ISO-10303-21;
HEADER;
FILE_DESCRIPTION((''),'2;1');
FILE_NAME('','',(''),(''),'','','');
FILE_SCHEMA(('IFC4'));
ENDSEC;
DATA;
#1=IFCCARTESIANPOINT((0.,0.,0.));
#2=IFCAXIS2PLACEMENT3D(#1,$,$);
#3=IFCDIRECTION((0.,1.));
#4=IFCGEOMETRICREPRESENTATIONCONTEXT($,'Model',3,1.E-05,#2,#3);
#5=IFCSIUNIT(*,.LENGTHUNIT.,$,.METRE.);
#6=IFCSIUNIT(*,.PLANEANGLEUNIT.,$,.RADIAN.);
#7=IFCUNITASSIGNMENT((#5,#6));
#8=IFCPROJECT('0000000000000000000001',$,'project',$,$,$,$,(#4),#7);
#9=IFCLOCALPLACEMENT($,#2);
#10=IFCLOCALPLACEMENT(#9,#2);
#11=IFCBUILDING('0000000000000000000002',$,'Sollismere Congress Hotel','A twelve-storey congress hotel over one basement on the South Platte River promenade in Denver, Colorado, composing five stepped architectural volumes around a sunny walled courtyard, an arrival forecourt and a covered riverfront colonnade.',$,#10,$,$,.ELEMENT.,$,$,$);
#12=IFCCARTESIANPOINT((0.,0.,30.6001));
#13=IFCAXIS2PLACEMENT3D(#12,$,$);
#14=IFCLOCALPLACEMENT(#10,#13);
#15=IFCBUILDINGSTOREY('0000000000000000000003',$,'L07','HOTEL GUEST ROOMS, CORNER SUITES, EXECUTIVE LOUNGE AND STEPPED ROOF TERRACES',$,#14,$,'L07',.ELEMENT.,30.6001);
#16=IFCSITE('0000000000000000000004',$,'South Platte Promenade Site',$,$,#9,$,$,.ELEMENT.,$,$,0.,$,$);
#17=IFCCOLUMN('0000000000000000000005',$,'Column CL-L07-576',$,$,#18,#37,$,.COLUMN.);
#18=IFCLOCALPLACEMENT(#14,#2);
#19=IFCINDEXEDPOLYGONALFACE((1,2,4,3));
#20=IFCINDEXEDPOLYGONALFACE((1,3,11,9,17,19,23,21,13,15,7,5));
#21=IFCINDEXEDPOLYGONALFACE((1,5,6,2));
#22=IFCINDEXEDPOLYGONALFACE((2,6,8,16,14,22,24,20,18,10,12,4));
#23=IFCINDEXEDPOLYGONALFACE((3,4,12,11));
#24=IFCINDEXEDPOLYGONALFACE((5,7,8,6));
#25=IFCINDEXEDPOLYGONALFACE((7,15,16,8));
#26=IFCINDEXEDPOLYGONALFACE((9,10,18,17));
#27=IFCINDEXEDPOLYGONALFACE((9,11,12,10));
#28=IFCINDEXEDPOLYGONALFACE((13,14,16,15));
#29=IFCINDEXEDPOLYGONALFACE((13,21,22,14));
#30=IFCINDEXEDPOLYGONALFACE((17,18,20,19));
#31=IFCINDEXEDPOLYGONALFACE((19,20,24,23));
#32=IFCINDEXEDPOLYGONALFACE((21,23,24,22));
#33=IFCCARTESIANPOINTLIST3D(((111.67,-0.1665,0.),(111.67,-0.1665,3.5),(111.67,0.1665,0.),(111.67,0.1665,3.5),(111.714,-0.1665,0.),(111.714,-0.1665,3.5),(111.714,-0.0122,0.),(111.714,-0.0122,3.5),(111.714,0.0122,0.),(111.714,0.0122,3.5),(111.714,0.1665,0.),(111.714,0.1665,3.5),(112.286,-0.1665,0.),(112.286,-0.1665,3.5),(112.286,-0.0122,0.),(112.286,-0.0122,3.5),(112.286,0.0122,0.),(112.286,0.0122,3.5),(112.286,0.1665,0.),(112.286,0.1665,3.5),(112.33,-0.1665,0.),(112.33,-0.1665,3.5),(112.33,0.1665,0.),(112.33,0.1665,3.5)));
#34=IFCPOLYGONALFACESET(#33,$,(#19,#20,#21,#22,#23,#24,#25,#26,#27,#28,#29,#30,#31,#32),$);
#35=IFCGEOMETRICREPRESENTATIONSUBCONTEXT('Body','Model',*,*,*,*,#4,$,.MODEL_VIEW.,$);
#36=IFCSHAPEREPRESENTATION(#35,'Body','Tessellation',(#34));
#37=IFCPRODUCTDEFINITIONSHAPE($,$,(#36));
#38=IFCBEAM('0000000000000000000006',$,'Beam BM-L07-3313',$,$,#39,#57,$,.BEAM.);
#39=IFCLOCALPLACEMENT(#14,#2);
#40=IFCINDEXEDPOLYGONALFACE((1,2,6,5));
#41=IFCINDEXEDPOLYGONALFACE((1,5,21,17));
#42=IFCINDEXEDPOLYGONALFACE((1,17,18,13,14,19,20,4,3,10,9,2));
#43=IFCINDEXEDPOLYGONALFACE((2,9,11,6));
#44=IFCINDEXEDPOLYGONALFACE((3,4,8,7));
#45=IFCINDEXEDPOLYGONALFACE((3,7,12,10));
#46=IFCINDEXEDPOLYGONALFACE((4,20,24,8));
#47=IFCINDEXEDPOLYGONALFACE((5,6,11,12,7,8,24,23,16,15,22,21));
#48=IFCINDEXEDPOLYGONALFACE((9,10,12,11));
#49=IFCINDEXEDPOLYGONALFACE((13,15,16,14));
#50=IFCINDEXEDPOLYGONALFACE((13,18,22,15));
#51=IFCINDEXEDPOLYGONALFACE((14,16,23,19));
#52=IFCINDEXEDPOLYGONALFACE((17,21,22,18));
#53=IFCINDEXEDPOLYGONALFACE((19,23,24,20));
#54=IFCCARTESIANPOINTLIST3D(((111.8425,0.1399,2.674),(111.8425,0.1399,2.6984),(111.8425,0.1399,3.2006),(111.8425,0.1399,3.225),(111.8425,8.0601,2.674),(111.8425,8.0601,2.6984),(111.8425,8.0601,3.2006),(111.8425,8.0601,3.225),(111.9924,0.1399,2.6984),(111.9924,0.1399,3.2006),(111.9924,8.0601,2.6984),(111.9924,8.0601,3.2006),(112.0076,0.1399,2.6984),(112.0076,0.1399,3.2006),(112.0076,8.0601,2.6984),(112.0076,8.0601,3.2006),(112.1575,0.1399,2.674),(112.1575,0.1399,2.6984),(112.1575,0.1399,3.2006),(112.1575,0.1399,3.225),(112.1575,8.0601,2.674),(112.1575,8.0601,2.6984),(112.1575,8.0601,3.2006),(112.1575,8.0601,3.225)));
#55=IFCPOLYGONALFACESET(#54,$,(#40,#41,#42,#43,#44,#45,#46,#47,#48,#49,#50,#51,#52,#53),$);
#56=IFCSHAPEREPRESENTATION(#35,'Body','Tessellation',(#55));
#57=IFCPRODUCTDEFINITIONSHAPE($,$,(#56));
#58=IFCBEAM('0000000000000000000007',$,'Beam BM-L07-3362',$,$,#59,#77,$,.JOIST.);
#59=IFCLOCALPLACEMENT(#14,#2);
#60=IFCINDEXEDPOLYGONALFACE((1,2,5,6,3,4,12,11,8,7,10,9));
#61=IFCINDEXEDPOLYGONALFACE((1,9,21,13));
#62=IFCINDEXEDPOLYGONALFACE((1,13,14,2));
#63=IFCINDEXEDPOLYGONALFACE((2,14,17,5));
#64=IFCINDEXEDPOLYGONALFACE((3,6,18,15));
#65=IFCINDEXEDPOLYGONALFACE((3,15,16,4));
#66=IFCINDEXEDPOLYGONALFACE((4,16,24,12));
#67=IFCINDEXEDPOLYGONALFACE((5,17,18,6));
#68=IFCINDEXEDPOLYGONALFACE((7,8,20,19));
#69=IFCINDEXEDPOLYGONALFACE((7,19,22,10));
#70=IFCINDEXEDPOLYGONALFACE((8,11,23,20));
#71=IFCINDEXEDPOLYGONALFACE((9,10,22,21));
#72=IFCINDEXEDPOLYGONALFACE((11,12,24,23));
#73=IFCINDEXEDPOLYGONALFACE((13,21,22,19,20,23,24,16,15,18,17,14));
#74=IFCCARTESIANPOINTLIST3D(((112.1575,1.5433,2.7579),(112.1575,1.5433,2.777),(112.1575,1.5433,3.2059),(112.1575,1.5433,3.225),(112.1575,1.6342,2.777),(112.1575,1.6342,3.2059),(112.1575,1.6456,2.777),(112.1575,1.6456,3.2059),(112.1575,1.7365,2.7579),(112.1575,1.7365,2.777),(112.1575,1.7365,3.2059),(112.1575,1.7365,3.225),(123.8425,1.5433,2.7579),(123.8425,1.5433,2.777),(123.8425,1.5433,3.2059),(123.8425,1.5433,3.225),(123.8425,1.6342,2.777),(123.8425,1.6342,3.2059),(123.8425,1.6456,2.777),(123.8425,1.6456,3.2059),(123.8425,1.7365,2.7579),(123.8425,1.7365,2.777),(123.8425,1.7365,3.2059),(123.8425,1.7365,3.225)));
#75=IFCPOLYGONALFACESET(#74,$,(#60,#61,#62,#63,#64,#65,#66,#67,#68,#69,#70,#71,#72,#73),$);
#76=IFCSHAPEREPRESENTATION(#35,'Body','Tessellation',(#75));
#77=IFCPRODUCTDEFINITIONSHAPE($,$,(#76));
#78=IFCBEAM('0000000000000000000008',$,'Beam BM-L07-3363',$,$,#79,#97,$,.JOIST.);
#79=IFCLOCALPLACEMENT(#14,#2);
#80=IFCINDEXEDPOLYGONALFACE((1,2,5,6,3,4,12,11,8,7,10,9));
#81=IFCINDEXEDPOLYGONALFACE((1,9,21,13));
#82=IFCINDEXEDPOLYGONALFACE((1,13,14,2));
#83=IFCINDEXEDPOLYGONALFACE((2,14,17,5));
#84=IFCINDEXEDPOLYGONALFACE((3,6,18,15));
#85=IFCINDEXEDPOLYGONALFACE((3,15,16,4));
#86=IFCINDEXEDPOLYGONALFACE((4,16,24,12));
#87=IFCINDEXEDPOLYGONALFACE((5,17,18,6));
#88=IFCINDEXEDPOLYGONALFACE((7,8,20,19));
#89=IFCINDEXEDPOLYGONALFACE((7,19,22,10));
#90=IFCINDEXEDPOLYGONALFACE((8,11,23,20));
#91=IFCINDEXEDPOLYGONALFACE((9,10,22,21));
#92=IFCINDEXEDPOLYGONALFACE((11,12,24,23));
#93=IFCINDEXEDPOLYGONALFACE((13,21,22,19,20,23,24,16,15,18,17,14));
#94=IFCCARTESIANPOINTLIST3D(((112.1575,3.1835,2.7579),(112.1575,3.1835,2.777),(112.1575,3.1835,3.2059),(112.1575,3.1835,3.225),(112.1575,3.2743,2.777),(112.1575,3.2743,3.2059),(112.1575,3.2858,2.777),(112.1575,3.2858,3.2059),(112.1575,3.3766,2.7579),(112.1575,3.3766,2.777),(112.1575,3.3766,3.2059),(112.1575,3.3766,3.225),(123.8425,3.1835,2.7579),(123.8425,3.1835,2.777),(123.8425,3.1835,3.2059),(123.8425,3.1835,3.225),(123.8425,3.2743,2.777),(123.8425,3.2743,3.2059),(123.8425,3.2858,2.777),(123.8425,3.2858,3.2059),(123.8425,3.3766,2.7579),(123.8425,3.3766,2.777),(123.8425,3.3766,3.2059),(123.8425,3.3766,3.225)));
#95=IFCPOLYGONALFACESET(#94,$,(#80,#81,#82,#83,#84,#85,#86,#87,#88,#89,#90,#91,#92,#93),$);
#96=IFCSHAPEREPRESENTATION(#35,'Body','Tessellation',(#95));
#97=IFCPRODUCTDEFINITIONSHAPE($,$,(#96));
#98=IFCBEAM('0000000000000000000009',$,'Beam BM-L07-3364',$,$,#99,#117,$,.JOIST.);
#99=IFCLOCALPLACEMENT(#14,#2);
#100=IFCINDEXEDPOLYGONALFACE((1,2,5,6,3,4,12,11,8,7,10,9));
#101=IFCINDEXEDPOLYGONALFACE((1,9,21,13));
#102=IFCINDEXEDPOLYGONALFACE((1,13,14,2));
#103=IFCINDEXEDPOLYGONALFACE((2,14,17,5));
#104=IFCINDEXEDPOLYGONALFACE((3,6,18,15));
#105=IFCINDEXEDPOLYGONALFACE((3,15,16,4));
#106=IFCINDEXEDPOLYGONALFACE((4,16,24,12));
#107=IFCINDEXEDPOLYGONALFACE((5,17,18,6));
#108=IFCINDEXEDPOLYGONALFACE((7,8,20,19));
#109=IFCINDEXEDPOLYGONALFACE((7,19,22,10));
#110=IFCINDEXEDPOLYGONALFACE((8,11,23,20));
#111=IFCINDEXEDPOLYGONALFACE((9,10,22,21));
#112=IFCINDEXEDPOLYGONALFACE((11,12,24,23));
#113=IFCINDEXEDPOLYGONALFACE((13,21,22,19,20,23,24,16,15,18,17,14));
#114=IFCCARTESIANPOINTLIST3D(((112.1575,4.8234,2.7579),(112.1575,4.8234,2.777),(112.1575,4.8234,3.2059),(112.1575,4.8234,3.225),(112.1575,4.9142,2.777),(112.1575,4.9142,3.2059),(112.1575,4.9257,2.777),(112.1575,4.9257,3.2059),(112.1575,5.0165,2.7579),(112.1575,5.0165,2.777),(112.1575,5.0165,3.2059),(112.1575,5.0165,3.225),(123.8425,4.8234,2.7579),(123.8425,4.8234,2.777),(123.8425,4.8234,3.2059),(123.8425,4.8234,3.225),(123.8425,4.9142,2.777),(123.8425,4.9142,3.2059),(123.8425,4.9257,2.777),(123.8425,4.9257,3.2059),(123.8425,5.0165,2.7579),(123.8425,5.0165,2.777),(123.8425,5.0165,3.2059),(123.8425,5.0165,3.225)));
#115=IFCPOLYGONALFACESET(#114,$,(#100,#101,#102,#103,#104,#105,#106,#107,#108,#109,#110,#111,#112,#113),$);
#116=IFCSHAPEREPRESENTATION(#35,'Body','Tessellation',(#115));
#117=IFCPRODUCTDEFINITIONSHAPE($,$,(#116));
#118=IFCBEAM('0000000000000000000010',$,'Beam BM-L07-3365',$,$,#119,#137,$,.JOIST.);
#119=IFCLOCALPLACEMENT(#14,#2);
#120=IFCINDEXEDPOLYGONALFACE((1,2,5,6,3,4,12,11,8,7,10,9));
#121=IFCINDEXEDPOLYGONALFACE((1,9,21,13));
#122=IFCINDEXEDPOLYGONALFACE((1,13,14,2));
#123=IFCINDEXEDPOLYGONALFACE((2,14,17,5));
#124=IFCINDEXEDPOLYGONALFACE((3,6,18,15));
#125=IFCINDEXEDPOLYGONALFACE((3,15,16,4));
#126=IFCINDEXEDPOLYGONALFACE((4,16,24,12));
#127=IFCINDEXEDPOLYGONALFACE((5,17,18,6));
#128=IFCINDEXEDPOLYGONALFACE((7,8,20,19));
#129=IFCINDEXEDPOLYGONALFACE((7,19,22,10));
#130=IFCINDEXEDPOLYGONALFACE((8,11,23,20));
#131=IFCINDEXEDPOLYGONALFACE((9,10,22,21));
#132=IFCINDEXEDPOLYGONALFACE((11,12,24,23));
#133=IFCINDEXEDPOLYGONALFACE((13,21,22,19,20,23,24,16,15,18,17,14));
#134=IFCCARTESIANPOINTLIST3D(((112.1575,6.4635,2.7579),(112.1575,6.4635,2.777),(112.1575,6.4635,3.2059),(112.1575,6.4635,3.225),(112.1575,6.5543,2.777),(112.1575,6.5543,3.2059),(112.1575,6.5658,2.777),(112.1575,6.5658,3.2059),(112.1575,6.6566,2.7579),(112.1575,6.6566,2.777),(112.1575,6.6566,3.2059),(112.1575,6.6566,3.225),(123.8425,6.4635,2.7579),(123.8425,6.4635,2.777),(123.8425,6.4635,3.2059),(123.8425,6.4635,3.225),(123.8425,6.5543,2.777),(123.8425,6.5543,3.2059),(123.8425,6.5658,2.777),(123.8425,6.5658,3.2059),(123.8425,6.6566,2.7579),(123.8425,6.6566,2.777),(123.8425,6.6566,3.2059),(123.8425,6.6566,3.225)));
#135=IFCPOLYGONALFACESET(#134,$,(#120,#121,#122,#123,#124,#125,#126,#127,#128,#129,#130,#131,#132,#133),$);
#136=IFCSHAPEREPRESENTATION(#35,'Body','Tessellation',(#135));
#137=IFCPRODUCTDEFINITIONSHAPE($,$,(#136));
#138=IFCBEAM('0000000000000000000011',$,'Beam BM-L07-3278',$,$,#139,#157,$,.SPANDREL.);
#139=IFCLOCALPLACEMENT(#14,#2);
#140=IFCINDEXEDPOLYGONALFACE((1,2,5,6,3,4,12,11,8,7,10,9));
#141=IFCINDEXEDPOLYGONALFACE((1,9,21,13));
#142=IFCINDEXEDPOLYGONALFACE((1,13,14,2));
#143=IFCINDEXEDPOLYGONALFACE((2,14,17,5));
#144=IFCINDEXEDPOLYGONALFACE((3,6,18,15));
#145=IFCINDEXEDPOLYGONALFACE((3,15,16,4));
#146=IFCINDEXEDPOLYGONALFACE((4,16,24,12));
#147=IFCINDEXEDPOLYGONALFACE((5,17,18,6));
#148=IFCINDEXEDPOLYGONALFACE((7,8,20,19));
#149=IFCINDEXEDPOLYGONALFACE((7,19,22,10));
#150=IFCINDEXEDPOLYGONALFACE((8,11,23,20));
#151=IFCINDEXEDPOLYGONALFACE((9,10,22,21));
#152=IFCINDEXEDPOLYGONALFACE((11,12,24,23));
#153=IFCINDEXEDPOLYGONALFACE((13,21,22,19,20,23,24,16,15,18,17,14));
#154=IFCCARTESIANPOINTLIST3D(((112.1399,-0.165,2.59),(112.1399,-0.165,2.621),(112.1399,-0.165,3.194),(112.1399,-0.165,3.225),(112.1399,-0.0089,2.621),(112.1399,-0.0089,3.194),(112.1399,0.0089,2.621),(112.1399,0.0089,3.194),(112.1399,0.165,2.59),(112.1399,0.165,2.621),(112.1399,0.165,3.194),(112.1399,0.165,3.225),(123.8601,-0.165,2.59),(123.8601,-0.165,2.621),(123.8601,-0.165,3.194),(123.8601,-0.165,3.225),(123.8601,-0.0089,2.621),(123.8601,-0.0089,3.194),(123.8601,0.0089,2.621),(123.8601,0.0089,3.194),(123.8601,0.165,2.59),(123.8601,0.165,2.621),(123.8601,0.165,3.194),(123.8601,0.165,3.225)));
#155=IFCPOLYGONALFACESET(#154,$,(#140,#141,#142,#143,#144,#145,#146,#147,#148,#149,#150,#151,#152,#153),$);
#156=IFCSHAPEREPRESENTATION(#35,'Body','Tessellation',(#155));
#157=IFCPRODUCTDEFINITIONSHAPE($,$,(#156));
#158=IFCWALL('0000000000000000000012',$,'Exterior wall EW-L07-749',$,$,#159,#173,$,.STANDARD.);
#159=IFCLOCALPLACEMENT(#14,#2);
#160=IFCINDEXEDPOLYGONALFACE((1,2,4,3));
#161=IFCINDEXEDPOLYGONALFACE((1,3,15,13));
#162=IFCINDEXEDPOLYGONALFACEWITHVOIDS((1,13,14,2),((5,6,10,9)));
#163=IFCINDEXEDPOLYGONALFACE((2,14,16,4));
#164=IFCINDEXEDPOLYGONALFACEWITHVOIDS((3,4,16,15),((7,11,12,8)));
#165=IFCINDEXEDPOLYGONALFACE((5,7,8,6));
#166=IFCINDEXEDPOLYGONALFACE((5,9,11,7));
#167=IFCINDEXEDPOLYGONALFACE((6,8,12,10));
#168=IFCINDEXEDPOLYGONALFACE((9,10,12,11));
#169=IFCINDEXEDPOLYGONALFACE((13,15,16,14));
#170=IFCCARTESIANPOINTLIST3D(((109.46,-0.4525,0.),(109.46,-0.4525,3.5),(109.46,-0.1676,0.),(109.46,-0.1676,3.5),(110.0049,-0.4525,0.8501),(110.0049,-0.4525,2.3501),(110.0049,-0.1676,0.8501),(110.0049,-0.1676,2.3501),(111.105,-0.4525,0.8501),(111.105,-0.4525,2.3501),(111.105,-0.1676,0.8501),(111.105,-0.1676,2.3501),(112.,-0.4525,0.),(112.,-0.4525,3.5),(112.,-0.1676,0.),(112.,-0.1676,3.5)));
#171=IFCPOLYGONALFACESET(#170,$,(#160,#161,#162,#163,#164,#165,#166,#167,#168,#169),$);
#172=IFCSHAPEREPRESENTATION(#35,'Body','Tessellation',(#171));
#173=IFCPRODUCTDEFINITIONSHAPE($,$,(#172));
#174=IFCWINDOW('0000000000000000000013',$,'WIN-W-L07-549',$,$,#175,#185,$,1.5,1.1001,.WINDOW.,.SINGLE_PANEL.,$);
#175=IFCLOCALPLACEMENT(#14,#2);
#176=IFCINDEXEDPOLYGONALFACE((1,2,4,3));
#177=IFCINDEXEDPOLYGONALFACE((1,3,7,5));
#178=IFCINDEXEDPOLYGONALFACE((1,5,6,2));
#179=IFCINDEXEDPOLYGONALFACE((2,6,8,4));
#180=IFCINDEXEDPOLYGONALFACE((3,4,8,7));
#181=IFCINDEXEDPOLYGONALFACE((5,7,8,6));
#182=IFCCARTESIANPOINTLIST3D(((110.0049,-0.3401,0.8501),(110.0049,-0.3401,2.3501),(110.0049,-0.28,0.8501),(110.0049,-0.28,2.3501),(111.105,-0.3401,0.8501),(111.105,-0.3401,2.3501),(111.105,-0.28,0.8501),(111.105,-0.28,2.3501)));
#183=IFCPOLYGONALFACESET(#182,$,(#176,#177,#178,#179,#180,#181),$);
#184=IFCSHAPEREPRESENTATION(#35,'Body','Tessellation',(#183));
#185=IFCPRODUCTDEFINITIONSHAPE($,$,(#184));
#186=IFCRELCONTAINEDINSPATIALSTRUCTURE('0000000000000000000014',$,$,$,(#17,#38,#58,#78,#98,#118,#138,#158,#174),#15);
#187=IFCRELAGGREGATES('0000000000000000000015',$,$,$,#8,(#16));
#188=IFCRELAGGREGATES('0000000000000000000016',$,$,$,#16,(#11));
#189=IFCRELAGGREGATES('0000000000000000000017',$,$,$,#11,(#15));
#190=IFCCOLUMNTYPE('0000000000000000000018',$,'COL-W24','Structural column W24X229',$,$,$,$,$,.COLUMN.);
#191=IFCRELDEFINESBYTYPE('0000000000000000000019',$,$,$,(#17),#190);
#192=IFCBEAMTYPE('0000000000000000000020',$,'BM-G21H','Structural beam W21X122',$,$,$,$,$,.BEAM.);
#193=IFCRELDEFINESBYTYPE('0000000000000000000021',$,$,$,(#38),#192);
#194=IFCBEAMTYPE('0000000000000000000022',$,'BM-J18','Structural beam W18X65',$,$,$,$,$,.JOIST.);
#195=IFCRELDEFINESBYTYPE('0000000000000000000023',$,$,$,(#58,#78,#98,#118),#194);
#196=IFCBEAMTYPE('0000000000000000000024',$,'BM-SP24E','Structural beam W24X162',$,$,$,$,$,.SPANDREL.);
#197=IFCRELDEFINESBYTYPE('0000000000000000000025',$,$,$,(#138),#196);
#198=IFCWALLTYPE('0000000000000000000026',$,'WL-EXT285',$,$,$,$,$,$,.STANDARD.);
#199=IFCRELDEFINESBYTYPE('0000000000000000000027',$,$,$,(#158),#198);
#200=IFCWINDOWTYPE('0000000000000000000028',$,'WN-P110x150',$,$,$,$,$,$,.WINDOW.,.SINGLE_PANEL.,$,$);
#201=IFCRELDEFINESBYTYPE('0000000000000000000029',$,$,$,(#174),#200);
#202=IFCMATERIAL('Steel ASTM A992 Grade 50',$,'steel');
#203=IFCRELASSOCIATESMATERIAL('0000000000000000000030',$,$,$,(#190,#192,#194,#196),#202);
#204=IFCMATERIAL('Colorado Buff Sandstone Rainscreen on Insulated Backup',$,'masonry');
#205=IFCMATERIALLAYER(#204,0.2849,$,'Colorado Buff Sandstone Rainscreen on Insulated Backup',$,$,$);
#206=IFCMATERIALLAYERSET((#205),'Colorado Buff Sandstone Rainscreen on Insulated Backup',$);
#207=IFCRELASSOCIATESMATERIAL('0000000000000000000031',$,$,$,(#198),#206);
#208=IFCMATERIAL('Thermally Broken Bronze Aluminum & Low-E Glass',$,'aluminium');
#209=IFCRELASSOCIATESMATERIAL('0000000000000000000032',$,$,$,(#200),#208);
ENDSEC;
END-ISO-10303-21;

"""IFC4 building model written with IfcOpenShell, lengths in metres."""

from ifc_helpers import new_model, si_unit, direction, frame, frame_2d, origin, origin_2d, place, context, subcontext, project, spatial, rectangle, i_section, extrude, material, layer, layer_set, material_profile, profile_set, type_object, element, fill, save


model = new_model("IFC4")

# Units and contexts
model_context = context("Model", 3, precision=1e-05, world=origin(), true_north=direction((0.0, 1.0)))
body_context = subcontext(model_context, "Body", "Model", "MODEL_VIEW")
ifc_project = project(units=[si_unit("LENGTHUNIT", "METRE"), si_unit("PLANEANGLEUNIT", "RADIAN")], contexts=[model_context])

# Site, building, storey
site_placement = place(None, origin())
site = spatial("IfcSite", under=ifc_project, at=site_placement, Name="South Platte Promenade Site", CompositionType="ELEMENT", RefElevation=0.0)
building_placement = place(site_placement, origin())
building = spatial("IfcBuilding", under=site, at=building_placement, Name="Sollismere Congress Hotel", Description="A twelve-storey congress hotel over one basement on the South Platte River promenade in Denver, Colorado, composing five stepped architectural volumes around a sunny walled courtyard, an arrival forecourt and a covered riverfront colonnade.", CompositionType="ELEMENT")
storey_placement = place(building_placement, frame((0.0, 0.0, 30.6001)))
storey = spatial("IfcBuildingStorey", under=building, at=storey_placement, Name="L07", Description="HOTEL GUEST ROOMS, CORNER SUITES, EXECUTIVE LOUNGE AND STEPPED ROOF TERRACES", LongName="L07", CompositionType="ELEMENT", Elevation=30.6001)

# Column
ifc_material_1 = material(Name="Steel ASTM A992 Grade 50", Category="steel")
ifc_material_profile_1 = material_profile(ifc_material_1, i_section(OverallWidth=0.333, OverallDepth=0.6599, WebThickness=0.0244, FlangeThickness=0.0439, at=origin_2d()), Name="W24X229")
ifc_profile_set_1 = profile_set([ifc_material_profile_1], Name="Steel ASTM A992 Grade 50")
column_type = type_object("IfcColumnType", Name="COL-W24", Description="Structural column W24X229", PredefinedType="COLUMN", material=ifc_profile_set_1)
column_placement = place(storey_placement, frame((112.0, 0.0, 0.0), z_axis=(0.0, 0.0, 1.0), x_axis=(0.0, 1.0, 0.0)))
element("IfcColumn", 1, at=column_placement, inside=storey, type_object=column_type, Name="Column CL-L07-576", PredefinedType="COLUMN", context=body_context, shape_type="SweptSolid", body=[
    extrude(i_section(OverallWidth=0.333, OverallDepth=0.6599, WebThickness=0.0244, FlangeThickness=0.0439, at=origin_2d()), origin(), (0.0, 0.0, 1.0), 3.5),
])

# Beams
ifc_material_profile_2 = material_profile(ifc_material_1, i_section(OverallWidth=0.3149, OverallDepth=0.551, WebThickness=0.0151, FlangeThickness=0.0244, at=origin_2d()), Name="W21X122")
ifc_profile_set_2 = profile_set([ifc_material_profile_2], Name="Steel ASTM A992 Grade 50")
beam_type_1 = type_object("IfcBeamType", Name="BM-G21H", Description="Structural beam W21X122", PredefinedType="BEAM", material=ifc_profile_set_2)
beam_1_placement = place(storey_placement, frame((112.0, 0.1399, 2.9495), z_axis=(0.0, 1.0, 0.0), x_axis=(-1.0, 0.0, 0.0)))
element("IfcBeam", 2, at=beam_1_placement, inside=storey, type_object=beam_type_1, Name="Beam BM-L07-3313", PredefinedType="BEAM", context=body_context, shape_type="SweptSolid", body=[
    extrude(i_section(OverallWidth=0.3149, OverallDepth=0.551, WebThickness=0.0151, FlangeThickness=0.0244, at=origin_2d()), origin(), (0.0, 0.0, 1.0), 7.9202),
])
ifc_material_profile_3 = material_profile(ifc_material_1, i_section(OverallWidth=0.1931, OverallDepth=0.467, WebThickness=0.0115, FlangeThickness=0.019, at=origin_2d()), Name="W18X65")
ifc_profile_set_3 = profile_set([ifc_material_profile_3], Name="Steel ASTM A992 Grade 50")
beam_type_2 = type_object("IfcBeamType", Name="BM-J18", Description="Structural beam W18X65", PredefinedType="JOIST", material=ifc_profile_set_3)
for number, where, z_axis, x_axis, name in (
    (3, (112.1575, 1.6399, 2.9915), (1.0, 0.0, 0.0), (0.0, 1.0, 0.0), "Beam BM-L07-3362"),
    (4, (112.1575, 3.28, 2.9915), (1.0, 0.0, 0.0), (0.0, 1.0, 0.0), "Beam BM-L07-3363"),
    (5, (112.1575, 4.9199, 2.9915), (1.0, 0.0, 0.0), (0.0, 1.0, 0.0), "Beam BM-L07-3364"),
    (6, (112.1575, 6.5601, 2.9915), (1.0, 0.0, 0.0), (0.0, 1.0, 0.0), "Beam BM-L07-3365"),
):
    element("IfcBeam", number, at=place(storey_placement, frame(where, z_axis=z_axis, x_axis=x_axis)), inside=storey, type_object=beam_type_2, Name=name, PredefinedType="JOIST", context=body_context, shape_type="SweptSolid", body=[
        extrude(i_section(OverallWidth=0.1931, OverallDepth=0.467, WebThickness=0.0115, FlangeThickness=0.019, at=origin_2d()), origin(), (0.0, 0.0, 1.0), 11.6851),
    ])
ifc_material_profile_4 = material_profile(ifc_material_1, i_section(OverallWidth=0.3301, OverallDepth=0.635, WebThickness=0.0178, FlangeThickness=0.031, at=origin_2d()), Name="W24X162")
ifc_profile_set_4 = profile_set([ifc_material_profile_4], Name="Steel ASTM A992 Grade 50")
beam_type_3 = type_object("IfcBeamType", Name="BM-SP24E", Description="Structural beam W24X162", PredefinedType="SPANDREL", material=ifc_profile_set_4)
beam_2_placement = place(storey_placement, frame((112.1399, 0.0, 2.9075), z_axis=(1.0, 0.0, 0.0), x_axis=(0.0, 1.0, 0.0)))
element("IfcBeam", 7, at=beam_2_placement, inside=storey, type_object=beam_type_3, Name="Beam BM-L07-3278", PredefinedType="SPANDREL", context=body_context, shape_type="SweptSolid", body=[
    extrude(i_section(OverallWidth=0.3301, OverallDepth=0.635, WebThickness=0.0178, FlangeThickness=0.031, at=origin_2d()), origin(), (0.0, 0.0, 1.0), 11.7202),
])

# Wall, opening, window
ifc_material_2 = material(Name="Colorado Buff Sandstone Rainscreen on Insulated Backup", Category="masonry")
ifc_layer_1 = layer(ifc_material_2, 0.2849, Name="Colorado Buff Sandstone Rainscreen on Insulated Backup")
ifc_layer_set_1 = layer_set([ifc_layer_1], Name="Colorado Buff Sandstone Rainscreen on Insulated Backup")
wall_type_1 = type_object("IfcWallType", Name="WL-EXT285", PredefinedType="STANDARD", material=ifc_layer_set_1)
wall_1_placement = place(storey_placement, frame((109.46, -0.3101, 0.0), z_axis=(0.0, 0.0, 1.0), x_axis=(1.0, 0.0, 0.0)))
wall_1 = element("IfcWall", 8, at=wall_1_placement, inside=storey, type_object=wall_type_1, Name="Exterior wall EW-L07-749", PredefinedType="STANDARD", context=body_context, shape_type="SweptSolid", body=[
    extrude(rectangle(XDim=2.54, YDim=0.2849, at=frame_2d((1.27, 0.0))), origin(), (0.0, 0.0, 1.0), 3.5),
])
opening_1_placement = place(wall_1_placement, frame((0.5449, 0.0, 0.8501)))
opening_1 = element("IfcOpeningElement", 9, at=opening_1_placement, cuts=wall_1, PredefinedType="OPENING", context=body_context, shape_type="SweptSolid", body=[
    extrude(rectangle(XDim=1.1001, YDim=1.5, at=frame_2d((0.55, 0.75))), frame((0.0, 0.1523, 0.0), z_axis=(0.0, -1.0, 0.0), x_axis=(1.0, 0.0, 0.0)), (0.0, 0.0, 1.0), 0.3049),
])
ifc_material_3 = material(Name="Thermally Broken Bronze Aluminum & Low-E Glass", Category="aluminium")
window_type_1 = type_object("IfcWindowType", Name="WN-P110x150", PartitioningType="SINGLE_PANEL", PredefinedType="WINDOW", material=ifc_material_3)
window_1_placement = place(opening_1_placement, origin())
window_1 = element("IfcWindow", 10, at=window_1_placement, inside=storey, type_object=window_type_1, Name="WIN-W-L07-549", OverallHeight=1.5, OverallWidth=1.1001, PartitioningType="SINGLE_PANEL", PredefinedType="WINDOW", context=body_context, shape_type="SweptSolid", body=[
    extrude(rectangle(XDim=1.1001, YDim=1.5, at=frame_2d((0.55, 0.75))), frame((0.0, 0.03, 0.0), z_axis=(0.0, -1.0, 0.0), x_axis=(1.0, 0.0, 0.0)), (0.0, 0.0, 1.0), 0.0601),
])
fill(opening_1, window_1)

save(model, "model.ifc")
